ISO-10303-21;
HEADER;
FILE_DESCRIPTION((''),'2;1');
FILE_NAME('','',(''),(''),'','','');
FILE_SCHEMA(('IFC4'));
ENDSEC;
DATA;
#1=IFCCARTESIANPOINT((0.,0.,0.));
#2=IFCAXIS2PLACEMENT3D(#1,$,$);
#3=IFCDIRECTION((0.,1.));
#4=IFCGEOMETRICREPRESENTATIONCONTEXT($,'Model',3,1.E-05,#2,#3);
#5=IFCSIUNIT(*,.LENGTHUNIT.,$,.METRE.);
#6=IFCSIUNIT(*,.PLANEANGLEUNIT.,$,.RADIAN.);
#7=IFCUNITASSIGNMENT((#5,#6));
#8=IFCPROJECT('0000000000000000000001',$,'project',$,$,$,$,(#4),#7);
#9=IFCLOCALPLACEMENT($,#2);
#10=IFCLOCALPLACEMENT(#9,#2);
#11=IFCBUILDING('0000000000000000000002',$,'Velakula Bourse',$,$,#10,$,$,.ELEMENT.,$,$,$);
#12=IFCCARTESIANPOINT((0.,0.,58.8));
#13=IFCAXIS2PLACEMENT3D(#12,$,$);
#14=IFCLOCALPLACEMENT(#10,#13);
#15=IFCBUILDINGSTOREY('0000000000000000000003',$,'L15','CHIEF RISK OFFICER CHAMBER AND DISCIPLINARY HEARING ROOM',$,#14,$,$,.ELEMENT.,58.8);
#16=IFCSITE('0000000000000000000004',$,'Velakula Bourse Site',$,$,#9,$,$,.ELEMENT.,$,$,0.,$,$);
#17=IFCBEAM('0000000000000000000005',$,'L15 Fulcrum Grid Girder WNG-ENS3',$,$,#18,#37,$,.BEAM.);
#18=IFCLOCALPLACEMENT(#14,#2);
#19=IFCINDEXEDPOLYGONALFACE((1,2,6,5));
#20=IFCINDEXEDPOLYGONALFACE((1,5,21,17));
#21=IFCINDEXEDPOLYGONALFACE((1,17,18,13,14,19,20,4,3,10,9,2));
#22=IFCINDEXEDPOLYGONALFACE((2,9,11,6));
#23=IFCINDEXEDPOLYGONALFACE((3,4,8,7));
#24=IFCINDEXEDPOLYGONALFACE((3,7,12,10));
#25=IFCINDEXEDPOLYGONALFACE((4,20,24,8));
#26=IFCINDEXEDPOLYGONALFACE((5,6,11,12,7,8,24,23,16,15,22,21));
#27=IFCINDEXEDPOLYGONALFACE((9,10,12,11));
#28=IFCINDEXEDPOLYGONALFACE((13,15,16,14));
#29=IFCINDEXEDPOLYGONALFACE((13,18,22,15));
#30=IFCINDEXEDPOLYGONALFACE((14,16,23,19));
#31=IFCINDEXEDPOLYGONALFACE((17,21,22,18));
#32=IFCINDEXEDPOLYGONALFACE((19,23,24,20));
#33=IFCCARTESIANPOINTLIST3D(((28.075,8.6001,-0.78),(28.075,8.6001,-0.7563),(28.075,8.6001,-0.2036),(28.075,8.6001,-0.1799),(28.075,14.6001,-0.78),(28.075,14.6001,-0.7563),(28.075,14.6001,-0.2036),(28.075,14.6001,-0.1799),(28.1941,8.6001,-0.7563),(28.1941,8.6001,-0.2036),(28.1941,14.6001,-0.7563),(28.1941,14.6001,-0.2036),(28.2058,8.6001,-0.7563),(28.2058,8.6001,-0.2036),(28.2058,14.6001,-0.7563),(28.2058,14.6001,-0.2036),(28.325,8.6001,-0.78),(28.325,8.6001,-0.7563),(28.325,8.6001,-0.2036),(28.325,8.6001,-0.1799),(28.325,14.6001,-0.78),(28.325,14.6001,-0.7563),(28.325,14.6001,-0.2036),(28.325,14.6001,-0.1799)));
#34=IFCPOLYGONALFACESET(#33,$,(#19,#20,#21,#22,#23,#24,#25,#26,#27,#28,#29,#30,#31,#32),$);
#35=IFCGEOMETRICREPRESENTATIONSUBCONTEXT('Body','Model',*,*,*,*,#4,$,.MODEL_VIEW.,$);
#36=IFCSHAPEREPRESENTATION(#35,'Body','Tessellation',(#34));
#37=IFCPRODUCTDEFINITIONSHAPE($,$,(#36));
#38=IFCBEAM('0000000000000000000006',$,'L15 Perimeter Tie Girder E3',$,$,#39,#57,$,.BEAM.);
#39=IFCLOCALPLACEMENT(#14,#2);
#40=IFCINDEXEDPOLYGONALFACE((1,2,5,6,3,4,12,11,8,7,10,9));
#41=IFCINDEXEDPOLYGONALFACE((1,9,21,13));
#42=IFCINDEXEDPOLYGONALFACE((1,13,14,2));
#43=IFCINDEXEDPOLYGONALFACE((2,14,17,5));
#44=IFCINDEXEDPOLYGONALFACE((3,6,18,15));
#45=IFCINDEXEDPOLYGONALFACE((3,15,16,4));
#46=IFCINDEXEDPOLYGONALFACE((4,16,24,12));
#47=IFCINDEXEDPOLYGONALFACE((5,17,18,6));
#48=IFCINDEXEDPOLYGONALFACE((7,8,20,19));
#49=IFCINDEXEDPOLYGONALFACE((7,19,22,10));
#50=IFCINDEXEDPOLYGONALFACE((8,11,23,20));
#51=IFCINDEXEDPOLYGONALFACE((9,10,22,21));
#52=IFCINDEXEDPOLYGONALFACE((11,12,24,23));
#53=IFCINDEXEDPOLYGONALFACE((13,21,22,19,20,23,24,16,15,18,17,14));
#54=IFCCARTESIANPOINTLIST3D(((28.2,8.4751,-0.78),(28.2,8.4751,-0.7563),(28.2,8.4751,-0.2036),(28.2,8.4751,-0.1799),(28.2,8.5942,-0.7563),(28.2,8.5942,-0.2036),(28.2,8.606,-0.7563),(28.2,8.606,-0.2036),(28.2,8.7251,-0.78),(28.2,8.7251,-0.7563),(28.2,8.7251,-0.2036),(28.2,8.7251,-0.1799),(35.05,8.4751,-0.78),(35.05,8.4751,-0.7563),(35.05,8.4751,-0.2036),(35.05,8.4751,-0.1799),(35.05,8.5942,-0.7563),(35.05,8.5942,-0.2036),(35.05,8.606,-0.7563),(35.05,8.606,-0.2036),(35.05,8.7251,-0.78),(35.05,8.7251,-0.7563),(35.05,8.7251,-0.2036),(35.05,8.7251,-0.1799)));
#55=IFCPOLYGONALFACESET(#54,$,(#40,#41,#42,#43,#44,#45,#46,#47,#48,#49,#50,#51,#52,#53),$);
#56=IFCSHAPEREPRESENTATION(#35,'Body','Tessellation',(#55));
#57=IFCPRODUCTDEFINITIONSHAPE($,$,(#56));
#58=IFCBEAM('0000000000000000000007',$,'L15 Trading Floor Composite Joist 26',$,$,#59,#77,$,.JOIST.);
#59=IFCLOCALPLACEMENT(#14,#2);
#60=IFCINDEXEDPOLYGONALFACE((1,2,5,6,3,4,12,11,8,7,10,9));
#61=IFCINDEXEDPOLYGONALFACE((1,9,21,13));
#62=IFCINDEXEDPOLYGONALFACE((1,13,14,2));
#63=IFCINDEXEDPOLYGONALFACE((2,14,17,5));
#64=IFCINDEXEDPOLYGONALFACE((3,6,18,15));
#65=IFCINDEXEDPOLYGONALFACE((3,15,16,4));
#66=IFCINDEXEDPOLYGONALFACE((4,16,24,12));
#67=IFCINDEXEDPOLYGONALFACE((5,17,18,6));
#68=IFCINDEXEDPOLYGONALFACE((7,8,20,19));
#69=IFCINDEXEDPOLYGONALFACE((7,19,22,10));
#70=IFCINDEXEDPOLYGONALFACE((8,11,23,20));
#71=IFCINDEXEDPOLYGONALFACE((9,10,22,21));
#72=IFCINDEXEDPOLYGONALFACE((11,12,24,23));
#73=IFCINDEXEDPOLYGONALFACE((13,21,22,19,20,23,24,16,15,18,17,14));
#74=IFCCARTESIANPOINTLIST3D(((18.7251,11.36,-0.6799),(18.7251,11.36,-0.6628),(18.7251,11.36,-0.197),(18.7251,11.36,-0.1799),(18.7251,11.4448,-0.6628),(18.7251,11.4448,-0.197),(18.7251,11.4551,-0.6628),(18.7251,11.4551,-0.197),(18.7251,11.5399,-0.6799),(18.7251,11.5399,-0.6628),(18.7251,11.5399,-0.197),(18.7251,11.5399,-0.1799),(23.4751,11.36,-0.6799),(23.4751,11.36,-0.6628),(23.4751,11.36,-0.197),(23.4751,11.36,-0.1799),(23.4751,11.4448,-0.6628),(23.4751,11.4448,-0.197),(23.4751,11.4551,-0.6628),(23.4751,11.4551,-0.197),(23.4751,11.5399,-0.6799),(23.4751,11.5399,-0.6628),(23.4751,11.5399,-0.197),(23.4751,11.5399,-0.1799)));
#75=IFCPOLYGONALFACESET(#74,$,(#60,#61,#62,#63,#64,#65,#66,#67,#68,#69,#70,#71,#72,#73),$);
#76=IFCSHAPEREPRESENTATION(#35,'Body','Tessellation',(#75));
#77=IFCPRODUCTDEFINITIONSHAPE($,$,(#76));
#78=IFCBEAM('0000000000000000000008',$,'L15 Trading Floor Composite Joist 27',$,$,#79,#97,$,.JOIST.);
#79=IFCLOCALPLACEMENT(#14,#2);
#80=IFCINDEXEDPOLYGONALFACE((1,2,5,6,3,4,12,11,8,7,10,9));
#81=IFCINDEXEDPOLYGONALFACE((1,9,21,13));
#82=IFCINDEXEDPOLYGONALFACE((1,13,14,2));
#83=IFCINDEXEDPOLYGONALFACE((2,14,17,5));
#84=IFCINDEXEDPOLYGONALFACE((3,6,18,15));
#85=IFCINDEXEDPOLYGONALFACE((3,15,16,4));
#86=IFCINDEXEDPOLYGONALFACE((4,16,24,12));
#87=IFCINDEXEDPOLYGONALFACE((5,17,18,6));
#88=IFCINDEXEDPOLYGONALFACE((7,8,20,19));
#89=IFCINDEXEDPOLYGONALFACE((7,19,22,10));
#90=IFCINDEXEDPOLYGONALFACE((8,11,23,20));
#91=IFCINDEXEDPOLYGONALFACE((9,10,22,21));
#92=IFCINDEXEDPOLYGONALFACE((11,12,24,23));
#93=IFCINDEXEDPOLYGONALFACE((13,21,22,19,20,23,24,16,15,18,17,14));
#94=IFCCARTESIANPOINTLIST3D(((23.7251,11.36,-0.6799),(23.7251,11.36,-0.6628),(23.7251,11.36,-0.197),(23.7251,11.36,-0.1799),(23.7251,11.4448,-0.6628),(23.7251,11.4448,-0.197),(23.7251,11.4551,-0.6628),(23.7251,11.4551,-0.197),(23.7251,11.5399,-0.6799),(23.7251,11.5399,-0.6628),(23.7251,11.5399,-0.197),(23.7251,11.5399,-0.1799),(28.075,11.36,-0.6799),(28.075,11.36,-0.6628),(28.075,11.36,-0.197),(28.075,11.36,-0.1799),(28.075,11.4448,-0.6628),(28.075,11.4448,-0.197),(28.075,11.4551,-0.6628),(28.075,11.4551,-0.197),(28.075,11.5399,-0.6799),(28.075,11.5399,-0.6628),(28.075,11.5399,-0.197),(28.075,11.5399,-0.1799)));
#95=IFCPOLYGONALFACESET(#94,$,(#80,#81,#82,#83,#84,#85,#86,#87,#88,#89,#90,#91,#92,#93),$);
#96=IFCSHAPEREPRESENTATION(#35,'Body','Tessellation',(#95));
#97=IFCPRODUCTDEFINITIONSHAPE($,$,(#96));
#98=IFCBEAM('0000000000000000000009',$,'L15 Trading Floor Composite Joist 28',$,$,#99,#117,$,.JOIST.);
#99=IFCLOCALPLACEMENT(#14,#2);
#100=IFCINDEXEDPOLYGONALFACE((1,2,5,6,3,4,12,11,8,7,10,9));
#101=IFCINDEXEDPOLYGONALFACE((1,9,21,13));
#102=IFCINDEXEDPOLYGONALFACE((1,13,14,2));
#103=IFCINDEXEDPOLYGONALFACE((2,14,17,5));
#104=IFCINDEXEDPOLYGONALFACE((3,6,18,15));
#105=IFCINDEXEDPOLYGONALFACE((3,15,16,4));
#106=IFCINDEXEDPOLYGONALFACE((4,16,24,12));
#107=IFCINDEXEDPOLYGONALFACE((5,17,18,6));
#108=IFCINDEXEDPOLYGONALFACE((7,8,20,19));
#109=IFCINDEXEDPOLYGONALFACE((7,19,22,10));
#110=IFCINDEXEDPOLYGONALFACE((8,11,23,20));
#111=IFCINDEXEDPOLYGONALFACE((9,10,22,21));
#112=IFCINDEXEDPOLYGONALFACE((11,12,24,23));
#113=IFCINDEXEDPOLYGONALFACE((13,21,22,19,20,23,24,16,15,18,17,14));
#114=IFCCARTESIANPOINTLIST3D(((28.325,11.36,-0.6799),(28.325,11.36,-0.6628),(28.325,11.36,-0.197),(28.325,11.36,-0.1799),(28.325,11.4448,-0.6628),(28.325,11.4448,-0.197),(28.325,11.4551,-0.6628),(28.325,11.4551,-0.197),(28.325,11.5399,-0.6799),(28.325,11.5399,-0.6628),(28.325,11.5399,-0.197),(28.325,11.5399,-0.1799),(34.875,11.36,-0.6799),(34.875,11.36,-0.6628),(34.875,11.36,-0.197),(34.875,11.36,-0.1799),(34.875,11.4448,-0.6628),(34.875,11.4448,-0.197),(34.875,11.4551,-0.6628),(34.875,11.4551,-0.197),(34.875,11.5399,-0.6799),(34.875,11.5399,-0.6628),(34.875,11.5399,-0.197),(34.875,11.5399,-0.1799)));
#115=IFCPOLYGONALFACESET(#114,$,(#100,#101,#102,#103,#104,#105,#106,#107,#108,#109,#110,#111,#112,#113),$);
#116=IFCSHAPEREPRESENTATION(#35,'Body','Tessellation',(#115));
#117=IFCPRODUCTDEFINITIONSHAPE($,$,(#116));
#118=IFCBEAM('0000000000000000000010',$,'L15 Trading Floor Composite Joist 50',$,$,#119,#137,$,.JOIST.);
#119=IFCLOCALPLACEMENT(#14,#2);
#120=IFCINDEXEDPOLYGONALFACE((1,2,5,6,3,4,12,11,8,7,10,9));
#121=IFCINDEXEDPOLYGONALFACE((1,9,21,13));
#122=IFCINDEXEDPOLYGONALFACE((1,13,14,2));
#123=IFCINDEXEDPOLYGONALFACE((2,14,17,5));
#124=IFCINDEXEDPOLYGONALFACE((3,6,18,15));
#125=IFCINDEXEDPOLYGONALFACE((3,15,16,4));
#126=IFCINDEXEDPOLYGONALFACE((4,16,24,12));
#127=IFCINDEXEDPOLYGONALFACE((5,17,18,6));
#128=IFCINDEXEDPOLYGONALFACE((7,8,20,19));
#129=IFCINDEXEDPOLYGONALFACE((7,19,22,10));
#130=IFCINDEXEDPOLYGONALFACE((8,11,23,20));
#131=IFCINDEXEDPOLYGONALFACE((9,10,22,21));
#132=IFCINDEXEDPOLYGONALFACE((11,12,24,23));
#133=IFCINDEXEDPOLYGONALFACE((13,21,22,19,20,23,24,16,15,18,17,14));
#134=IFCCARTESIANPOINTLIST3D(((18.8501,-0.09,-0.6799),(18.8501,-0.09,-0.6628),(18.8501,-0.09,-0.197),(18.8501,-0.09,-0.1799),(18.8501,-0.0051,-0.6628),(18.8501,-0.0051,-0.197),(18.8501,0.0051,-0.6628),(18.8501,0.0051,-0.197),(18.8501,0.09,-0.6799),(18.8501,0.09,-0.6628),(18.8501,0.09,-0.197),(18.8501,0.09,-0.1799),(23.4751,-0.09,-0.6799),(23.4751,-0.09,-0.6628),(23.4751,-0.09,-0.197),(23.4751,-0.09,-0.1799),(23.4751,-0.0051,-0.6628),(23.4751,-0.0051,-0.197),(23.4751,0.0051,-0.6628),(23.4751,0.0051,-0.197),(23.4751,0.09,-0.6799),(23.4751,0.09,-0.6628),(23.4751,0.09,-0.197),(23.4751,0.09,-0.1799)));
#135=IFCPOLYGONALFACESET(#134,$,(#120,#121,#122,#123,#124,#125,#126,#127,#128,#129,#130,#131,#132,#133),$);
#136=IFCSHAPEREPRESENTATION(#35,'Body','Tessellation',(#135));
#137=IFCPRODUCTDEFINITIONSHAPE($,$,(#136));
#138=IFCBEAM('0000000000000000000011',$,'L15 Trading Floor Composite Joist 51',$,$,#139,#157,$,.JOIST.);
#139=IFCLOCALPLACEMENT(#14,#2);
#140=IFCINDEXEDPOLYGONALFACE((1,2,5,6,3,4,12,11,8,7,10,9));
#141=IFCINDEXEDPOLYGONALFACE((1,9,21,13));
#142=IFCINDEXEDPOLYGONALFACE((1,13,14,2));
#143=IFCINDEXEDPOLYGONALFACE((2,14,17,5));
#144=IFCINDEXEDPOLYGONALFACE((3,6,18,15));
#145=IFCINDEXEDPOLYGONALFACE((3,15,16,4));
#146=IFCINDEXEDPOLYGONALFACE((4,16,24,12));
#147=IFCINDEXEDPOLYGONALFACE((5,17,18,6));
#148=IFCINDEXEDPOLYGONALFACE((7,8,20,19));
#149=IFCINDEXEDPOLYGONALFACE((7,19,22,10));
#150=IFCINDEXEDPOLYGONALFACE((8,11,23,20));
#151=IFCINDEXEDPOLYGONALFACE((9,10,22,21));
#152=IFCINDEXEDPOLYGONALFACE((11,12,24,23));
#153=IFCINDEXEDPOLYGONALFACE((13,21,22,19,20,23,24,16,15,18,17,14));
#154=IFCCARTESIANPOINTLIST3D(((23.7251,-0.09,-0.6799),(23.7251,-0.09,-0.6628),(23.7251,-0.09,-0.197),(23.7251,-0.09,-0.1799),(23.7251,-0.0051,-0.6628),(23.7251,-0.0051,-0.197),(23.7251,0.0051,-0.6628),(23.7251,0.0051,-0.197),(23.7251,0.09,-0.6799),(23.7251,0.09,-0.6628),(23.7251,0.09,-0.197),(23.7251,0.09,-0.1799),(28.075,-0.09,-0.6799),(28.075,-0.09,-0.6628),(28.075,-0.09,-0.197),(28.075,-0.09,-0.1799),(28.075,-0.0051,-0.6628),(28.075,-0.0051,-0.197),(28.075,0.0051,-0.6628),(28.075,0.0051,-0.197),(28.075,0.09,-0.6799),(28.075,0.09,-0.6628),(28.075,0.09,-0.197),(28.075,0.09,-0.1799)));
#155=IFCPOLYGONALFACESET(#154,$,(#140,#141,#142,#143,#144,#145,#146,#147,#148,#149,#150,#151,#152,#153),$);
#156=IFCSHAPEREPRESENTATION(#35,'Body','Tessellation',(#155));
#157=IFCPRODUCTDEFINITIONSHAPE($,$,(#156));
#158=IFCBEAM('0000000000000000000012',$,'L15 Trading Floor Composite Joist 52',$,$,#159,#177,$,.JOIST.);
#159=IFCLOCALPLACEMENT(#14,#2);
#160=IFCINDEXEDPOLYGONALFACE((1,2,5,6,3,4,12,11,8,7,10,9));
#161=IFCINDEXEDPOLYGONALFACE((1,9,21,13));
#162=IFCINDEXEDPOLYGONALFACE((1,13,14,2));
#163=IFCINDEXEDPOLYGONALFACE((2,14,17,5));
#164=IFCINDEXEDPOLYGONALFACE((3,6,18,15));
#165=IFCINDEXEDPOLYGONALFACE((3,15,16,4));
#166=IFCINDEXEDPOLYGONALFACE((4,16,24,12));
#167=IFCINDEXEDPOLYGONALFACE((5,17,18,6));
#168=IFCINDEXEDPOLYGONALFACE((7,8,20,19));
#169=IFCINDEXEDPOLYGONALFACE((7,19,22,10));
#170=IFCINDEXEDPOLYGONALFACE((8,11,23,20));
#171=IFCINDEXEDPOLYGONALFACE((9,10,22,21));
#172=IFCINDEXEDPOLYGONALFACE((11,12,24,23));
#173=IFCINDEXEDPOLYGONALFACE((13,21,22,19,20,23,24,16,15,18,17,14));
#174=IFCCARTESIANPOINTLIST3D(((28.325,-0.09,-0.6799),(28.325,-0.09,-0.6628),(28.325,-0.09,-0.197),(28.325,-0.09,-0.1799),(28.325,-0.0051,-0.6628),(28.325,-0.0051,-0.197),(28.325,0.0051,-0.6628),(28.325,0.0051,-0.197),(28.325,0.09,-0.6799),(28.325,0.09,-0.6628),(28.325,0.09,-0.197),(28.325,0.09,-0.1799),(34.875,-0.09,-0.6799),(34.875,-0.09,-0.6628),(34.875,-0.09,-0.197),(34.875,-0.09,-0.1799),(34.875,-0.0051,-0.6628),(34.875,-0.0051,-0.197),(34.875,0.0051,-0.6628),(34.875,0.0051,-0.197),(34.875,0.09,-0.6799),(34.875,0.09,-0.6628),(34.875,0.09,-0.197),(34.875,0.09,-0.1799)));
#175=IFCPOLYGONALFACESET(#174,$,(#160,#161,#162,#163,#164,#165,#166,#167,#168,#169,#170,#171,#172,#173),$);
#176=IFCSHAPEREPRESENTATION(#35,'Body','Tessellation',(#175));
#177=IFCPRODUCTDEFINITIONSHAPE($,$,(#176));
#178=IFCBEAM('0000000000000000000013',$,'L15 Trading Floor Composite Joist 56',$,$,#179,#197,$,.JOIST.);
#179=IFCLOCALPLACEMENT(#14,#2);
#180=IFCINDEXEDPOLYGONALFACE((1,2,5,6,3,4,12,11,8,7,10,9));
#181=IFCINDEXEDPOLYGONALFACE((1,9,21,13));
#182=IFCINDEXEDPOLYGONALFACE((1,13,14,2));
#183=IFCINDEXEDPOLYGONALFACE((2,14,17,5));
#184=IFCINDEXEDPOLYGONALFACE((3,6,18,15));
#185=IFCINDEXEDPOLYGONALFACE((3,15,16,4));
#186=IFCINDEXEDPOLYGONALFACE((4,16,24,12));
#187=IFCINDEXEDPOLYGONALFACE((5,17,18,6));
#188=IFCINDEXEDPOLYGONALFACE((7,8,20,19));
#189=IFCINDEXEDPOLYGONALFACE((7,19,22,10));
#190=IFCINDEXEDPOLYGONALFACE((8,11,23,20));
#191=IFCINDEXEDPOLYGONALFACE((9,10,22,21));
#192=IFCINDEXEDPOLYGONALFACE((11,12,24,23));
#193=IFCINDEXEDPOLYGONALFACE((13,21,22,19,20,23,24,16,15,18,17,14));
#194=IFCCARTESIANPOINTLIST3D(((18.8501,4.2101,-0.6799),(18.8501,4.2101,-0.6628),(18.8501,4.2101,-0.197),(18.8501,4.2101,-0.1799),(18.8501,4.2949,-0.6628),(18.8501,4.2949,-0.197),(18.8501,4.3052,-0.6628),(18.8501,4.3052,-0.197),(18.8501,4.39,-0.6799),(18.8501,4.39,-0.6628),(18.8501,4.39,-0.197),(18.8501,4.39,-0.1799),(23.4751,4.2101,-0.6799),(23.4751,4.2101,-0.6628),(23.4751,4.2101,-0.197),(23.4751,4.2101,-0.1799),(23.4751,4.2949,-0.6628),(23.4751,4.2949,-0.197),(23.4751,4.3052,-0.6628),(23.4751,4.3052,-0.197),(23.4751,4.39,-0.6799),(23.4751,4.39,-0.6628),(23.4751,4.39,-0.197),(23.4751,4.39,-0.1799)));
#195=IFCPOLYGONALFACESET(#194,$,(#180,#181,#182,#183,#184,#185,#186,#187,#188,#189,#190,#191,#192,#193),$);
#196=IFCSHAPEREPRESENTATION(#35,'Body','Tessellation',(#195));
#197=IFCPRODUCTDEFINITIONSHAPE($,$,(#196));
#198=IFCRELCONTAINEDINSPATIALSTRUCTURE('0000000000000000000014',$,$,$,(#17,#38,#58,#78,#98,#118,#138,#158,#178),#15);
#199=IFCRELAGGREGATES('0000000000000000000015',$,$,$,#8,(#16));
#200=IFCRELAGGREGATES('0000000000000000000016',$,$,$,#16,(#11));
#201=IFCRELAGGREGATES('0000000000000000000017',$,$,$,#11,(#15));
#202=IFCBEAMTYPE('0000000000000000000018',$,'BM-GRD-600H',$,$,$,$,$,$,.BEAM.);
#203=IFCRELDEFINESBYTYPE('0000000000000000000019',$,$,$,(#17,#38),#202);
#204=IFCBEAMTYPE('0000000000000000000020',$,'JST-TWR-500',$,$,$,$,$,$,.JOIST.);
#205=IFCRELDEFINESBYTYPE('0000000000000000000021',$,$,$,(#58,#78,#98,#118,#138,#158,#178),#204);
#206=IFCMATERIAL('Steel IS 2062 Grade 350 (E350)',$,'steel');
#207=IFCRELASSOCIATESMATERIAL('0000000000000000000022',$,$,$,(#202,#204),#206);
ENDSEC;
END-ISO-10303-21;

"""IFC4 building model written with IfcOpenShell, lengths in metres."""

from ifc_helpers import new_model, si_unit, direction, frame, origin, origin_2d, place, context, subcontext, project, spatial, i_section, extrude, material, material_profile, profile_set, type_object, element, save


model = new_model("IFC4")

# Units and contexts
model_context = context("Model", 3, precision=1e-05, world=origin(), true_north=direction((0.0, 1.0)))
body_context = subcontext(model_context, "Body", "Model", "MODEL_VIEW")
ifc_project = project(units=[si_unit("LENGTHUNIT", "METRE"), si_unit("PLANEANGLEUNIT", "RADIAN")], contexts=[model_context])

# Site, building, storey
site_placement = place(None, origin())
site = spatial("IfcSite", under=ifc_project, at=site_placement, Name="Velakula Bourse Site", CompositionType="ELEMENT", RefElevation=0.0)
building_placement = place(site_placement, origin())
building = spatial("IfcBuilding", under=site, at=building_placement, Name="Velakula Bourse", CompositionType="ELEMENT")
storey_placement = place(building_placement, frame((0.0, 0.0, 58.8)))
storey = spatial("IfcBuildingStorey", under=building, at=storey_placement, Name="L15", Description="CHIEF RISK OFFICER CHAMBER AND DISCIPLINARY HEARING ROOM", CompositionType="ELEMENT", Elevation=58.8)

# Beams
ifc_material_1 = material(Name="Steel IS 2062 Grade 350 (E350)", Category="steel")
ifc_material_profile_1 = material_profile(ifc_material_1, i_section(OverallWidth=0.25, OverallDepth=0.6001, WebThickness=0.0117, FlangeThickness=0.0237, at=origin_2d()), Name="Steel IS 2062 Grade 350 (E350)")
ifc_profile_set_1 = profile_set([ifc_material_profile_1], Name="Steel IS 2062 Grade 350 (E350)")
beam_type_1 = type_object("IfcBeamType", Name="BM-GRD-600H", PredefinedType="BEAM", material=ifc_profile_set_1)
beam_1_placement = place(storey_placement, frame((28.2, 8.6001, -0.48), z_axis=(0.0, 1.0, 0.0), x_axis=(-1.0, 0.0, 0.0)))
element("IfcBeam", 1, at=beam_1_placement, inside=storey, type_object=beam_type_1, Name="L15 Fulcrum Grid Girder WNG-ENS3", PredefinedType="BEAM", context=body_context, shape_type="SweptSolid", body=[
    extrude(i_section(OverallWidth=0.25, OverallDepth=0.6001, WebThickness=0.0117, FlangeThickness=0.0237, at=origin_2d()), origin(), (0.0, 0.0, 1.0), 6.0),
])
beam_2_placement = place(storey_placement, frame((28.2, 8.6001, -0.48), z_axis=(1.0, 0.0, 0.0), x_axis=(0.0, 1.0, 0.0)))
element("IfcBeam", 2, at=beam_2_placement, inside=storey, type_object=beam_type_1, Name="L15 Perimeter Tie Girder E3", PredefinedType="BEAM", context=body_context, shape_type="SweptSolid", body=[
    extrude(i_section(OverallWidth=0.25, OverallDepth=0.6001, WebThickness=0.0117, FlangeThickness=0.0237, at=origin_2d()), origin(), (0.0, 0.0, 1.0), 6.8501),
])
ifc_material_profile_2 = material_profile(ifc_material_1, i_section(OverallWidth=0.1799, OverallDepth=0.5, WebThickness=0.0103, FlangeThickness=0.0171, at=origin_2d()), Name="Steel IS 2062 Grade 350 (E350)")
ifc_profile_set_2 = profile_set([ifc_material_profile_2], Name="Steel IS 2062 Grade 350 (E350)")
beam_type_2 = type_object("IfcBeamType", Name="JST-TWR-500", PredefinedType="JOIST", material=ifc_profile_set_2)
beam_3_placement = place(storey_placement, frame((18.7251, 11.45, -0.4299), z_axis=(1.0, 0.0, 0.0), x_axis=(0.0, 1.0, 0.0)))
element("IfcBeam", 3, at=beam_3_placement, inside=storey, type_object=beam_type_2, Name="L15 Trading Floor Composite Joist 26", PredefinedType="JOIST", context=body_context, shape_type="SweptSolid", body=[
    extrude(i_section(OverallWidth=0.1799, OverallDepth=0.5, WebThickness=0.0103, FlangeThickness=0.0171, at=origin_2d()), origin(), (0.0, 0.0, 1.0), 4.75),
])
beam_4_placement = place(storey_placement, frame((23.7251, 11.45, -0.4299), z_axis=(1.0, 0.0, 0.0), x_axis=(0.0, 1.0, 0.0)))
element("IfcBeam", 4, at=beam_4_placement, inside=storey, type_object=beam_type_2, Name="L15 Trading Floor Composite Joist 27", PredefinedType="JOIST", context=body_context, shape_type="SweptSolid", body=[
    extrude(i_section(OverallWidth=0.1799, OverallDepth=0.5, WebThickness=0.0103, FlangeThickness=0.0171, at=origin_2d()), origin(), (0.0, 0.0, 1.0), 4.3499),
])
beam_5_placement = place(storey_placement, frame((28.325, 11.45, -0.4299), z_axis=(1.0, 0.0, 0.0), x_axis=(0.0, 1.0, 0.0)))
element("IfcBeam", 5, at=beam_5_placement, inside=storey, type_object=beam_type_2, Name="L15 Trading Floor Composite Joist 28", PredefinedType="JOIST", context=body_context, shape_type="SweptSolid", body=[
    extrude(i_section(OverallWidth=0.1799, OverallDepth=0.5, WebThickness=0.0103, FlangeThickness=0.0171, at=origin_2d()), origin(), (0.0, 0.0, 1.0), 6.55),
])
beam_6_placement = place(storey_placement, frame((18.8501, 0.0, -0.4299), z_axis=(1.0, 0.0, 0.0), x_axis=(0.0, 1.0, 0.0)))
element("IfcBeam", 6, at=beam_6_placement, inside=storey, type_object=beam_type_2, Name="L15 Trading Floor Composite Joist 50", PredefinedType="JOIST", context=body_context, shape_type="SweptSolid", body=[
    extrude(i_section(OverallWidth=0.1799, OverallDepth=0.5, WebThickness=0.0103, FlangeThickness=0.0171, at=origin_2d()), origin(), (0.0, 0.0, 1.0), 4.625),
])
beam_7_placement = place(storey_placement, frame((23.7251, 0.0, -0.4299), z_axis=(1.0, 0.0, 0.0), x_axis=(0.0, 1.0, 0.0)))
element("IfcBeam", 7, at=beam_7_placement, inside=storey, type_object=beam_type_2, Name="L15 Trading Floor Composite Joist 51", PredefinedType="JOIST", context=body_context, shape_type="SweptSolid", body=[
    extrude(i_section(OverallWidth=0.1799, OverallDepth=0.5, WebThickness=0.0103, FlangeThickness=0.0171, at=origin_2d()), origin(), (0.0, 0.0, 1.0), 4.3499),
])
beam_8_placement = place(storey_placement, frame((28.325, 0.0, -0.4299), z_axis=(1.0, 0.0, 0.0), x_axis=(0.0, 1.0, 0.0)))
element("IfcBeam", 8, at=beam_8_placement, inside=storey, type_object=beam_type_2, Name="L15 Trading Floor Composite Joist 52", PredefinedType="JOIST", context=body_context, shape_type="SweptSolid", body=[
    extrude(i_section(OverallWidth=0.1799, OverallDepth=0.5, WebThickness=0.0103, FlangeThickness=0.0171, at=origin_2d()), origin(), (0.0, 0.0, 1.0), 6.55),
])
beam_9_placement = place(storey_placement, frame((18.8501, 4.3, -0.4299), z_axis=(1.0, 0.0, 0.0), x_axis=(0.0, 1.0, 0.0)))
element("IfcBeam", 9, at=beam_9_placement, inside=storey, type_object=beam_type_2, Name="L15 Trading Floor Composite Joist 56", PredefinedType="JOIST", context=body_context, shape_type="SweptSolid", body=[
    extrude(i_section(OverallWidth=0.1799, OverallDepth=0.5, WebThickness=0.0103, FlangeThickness=0.0171, at=origin_2d()), origin(), (0.0, 0.0, 1.0), 4.625),
])

save(model, "model.ifc")
